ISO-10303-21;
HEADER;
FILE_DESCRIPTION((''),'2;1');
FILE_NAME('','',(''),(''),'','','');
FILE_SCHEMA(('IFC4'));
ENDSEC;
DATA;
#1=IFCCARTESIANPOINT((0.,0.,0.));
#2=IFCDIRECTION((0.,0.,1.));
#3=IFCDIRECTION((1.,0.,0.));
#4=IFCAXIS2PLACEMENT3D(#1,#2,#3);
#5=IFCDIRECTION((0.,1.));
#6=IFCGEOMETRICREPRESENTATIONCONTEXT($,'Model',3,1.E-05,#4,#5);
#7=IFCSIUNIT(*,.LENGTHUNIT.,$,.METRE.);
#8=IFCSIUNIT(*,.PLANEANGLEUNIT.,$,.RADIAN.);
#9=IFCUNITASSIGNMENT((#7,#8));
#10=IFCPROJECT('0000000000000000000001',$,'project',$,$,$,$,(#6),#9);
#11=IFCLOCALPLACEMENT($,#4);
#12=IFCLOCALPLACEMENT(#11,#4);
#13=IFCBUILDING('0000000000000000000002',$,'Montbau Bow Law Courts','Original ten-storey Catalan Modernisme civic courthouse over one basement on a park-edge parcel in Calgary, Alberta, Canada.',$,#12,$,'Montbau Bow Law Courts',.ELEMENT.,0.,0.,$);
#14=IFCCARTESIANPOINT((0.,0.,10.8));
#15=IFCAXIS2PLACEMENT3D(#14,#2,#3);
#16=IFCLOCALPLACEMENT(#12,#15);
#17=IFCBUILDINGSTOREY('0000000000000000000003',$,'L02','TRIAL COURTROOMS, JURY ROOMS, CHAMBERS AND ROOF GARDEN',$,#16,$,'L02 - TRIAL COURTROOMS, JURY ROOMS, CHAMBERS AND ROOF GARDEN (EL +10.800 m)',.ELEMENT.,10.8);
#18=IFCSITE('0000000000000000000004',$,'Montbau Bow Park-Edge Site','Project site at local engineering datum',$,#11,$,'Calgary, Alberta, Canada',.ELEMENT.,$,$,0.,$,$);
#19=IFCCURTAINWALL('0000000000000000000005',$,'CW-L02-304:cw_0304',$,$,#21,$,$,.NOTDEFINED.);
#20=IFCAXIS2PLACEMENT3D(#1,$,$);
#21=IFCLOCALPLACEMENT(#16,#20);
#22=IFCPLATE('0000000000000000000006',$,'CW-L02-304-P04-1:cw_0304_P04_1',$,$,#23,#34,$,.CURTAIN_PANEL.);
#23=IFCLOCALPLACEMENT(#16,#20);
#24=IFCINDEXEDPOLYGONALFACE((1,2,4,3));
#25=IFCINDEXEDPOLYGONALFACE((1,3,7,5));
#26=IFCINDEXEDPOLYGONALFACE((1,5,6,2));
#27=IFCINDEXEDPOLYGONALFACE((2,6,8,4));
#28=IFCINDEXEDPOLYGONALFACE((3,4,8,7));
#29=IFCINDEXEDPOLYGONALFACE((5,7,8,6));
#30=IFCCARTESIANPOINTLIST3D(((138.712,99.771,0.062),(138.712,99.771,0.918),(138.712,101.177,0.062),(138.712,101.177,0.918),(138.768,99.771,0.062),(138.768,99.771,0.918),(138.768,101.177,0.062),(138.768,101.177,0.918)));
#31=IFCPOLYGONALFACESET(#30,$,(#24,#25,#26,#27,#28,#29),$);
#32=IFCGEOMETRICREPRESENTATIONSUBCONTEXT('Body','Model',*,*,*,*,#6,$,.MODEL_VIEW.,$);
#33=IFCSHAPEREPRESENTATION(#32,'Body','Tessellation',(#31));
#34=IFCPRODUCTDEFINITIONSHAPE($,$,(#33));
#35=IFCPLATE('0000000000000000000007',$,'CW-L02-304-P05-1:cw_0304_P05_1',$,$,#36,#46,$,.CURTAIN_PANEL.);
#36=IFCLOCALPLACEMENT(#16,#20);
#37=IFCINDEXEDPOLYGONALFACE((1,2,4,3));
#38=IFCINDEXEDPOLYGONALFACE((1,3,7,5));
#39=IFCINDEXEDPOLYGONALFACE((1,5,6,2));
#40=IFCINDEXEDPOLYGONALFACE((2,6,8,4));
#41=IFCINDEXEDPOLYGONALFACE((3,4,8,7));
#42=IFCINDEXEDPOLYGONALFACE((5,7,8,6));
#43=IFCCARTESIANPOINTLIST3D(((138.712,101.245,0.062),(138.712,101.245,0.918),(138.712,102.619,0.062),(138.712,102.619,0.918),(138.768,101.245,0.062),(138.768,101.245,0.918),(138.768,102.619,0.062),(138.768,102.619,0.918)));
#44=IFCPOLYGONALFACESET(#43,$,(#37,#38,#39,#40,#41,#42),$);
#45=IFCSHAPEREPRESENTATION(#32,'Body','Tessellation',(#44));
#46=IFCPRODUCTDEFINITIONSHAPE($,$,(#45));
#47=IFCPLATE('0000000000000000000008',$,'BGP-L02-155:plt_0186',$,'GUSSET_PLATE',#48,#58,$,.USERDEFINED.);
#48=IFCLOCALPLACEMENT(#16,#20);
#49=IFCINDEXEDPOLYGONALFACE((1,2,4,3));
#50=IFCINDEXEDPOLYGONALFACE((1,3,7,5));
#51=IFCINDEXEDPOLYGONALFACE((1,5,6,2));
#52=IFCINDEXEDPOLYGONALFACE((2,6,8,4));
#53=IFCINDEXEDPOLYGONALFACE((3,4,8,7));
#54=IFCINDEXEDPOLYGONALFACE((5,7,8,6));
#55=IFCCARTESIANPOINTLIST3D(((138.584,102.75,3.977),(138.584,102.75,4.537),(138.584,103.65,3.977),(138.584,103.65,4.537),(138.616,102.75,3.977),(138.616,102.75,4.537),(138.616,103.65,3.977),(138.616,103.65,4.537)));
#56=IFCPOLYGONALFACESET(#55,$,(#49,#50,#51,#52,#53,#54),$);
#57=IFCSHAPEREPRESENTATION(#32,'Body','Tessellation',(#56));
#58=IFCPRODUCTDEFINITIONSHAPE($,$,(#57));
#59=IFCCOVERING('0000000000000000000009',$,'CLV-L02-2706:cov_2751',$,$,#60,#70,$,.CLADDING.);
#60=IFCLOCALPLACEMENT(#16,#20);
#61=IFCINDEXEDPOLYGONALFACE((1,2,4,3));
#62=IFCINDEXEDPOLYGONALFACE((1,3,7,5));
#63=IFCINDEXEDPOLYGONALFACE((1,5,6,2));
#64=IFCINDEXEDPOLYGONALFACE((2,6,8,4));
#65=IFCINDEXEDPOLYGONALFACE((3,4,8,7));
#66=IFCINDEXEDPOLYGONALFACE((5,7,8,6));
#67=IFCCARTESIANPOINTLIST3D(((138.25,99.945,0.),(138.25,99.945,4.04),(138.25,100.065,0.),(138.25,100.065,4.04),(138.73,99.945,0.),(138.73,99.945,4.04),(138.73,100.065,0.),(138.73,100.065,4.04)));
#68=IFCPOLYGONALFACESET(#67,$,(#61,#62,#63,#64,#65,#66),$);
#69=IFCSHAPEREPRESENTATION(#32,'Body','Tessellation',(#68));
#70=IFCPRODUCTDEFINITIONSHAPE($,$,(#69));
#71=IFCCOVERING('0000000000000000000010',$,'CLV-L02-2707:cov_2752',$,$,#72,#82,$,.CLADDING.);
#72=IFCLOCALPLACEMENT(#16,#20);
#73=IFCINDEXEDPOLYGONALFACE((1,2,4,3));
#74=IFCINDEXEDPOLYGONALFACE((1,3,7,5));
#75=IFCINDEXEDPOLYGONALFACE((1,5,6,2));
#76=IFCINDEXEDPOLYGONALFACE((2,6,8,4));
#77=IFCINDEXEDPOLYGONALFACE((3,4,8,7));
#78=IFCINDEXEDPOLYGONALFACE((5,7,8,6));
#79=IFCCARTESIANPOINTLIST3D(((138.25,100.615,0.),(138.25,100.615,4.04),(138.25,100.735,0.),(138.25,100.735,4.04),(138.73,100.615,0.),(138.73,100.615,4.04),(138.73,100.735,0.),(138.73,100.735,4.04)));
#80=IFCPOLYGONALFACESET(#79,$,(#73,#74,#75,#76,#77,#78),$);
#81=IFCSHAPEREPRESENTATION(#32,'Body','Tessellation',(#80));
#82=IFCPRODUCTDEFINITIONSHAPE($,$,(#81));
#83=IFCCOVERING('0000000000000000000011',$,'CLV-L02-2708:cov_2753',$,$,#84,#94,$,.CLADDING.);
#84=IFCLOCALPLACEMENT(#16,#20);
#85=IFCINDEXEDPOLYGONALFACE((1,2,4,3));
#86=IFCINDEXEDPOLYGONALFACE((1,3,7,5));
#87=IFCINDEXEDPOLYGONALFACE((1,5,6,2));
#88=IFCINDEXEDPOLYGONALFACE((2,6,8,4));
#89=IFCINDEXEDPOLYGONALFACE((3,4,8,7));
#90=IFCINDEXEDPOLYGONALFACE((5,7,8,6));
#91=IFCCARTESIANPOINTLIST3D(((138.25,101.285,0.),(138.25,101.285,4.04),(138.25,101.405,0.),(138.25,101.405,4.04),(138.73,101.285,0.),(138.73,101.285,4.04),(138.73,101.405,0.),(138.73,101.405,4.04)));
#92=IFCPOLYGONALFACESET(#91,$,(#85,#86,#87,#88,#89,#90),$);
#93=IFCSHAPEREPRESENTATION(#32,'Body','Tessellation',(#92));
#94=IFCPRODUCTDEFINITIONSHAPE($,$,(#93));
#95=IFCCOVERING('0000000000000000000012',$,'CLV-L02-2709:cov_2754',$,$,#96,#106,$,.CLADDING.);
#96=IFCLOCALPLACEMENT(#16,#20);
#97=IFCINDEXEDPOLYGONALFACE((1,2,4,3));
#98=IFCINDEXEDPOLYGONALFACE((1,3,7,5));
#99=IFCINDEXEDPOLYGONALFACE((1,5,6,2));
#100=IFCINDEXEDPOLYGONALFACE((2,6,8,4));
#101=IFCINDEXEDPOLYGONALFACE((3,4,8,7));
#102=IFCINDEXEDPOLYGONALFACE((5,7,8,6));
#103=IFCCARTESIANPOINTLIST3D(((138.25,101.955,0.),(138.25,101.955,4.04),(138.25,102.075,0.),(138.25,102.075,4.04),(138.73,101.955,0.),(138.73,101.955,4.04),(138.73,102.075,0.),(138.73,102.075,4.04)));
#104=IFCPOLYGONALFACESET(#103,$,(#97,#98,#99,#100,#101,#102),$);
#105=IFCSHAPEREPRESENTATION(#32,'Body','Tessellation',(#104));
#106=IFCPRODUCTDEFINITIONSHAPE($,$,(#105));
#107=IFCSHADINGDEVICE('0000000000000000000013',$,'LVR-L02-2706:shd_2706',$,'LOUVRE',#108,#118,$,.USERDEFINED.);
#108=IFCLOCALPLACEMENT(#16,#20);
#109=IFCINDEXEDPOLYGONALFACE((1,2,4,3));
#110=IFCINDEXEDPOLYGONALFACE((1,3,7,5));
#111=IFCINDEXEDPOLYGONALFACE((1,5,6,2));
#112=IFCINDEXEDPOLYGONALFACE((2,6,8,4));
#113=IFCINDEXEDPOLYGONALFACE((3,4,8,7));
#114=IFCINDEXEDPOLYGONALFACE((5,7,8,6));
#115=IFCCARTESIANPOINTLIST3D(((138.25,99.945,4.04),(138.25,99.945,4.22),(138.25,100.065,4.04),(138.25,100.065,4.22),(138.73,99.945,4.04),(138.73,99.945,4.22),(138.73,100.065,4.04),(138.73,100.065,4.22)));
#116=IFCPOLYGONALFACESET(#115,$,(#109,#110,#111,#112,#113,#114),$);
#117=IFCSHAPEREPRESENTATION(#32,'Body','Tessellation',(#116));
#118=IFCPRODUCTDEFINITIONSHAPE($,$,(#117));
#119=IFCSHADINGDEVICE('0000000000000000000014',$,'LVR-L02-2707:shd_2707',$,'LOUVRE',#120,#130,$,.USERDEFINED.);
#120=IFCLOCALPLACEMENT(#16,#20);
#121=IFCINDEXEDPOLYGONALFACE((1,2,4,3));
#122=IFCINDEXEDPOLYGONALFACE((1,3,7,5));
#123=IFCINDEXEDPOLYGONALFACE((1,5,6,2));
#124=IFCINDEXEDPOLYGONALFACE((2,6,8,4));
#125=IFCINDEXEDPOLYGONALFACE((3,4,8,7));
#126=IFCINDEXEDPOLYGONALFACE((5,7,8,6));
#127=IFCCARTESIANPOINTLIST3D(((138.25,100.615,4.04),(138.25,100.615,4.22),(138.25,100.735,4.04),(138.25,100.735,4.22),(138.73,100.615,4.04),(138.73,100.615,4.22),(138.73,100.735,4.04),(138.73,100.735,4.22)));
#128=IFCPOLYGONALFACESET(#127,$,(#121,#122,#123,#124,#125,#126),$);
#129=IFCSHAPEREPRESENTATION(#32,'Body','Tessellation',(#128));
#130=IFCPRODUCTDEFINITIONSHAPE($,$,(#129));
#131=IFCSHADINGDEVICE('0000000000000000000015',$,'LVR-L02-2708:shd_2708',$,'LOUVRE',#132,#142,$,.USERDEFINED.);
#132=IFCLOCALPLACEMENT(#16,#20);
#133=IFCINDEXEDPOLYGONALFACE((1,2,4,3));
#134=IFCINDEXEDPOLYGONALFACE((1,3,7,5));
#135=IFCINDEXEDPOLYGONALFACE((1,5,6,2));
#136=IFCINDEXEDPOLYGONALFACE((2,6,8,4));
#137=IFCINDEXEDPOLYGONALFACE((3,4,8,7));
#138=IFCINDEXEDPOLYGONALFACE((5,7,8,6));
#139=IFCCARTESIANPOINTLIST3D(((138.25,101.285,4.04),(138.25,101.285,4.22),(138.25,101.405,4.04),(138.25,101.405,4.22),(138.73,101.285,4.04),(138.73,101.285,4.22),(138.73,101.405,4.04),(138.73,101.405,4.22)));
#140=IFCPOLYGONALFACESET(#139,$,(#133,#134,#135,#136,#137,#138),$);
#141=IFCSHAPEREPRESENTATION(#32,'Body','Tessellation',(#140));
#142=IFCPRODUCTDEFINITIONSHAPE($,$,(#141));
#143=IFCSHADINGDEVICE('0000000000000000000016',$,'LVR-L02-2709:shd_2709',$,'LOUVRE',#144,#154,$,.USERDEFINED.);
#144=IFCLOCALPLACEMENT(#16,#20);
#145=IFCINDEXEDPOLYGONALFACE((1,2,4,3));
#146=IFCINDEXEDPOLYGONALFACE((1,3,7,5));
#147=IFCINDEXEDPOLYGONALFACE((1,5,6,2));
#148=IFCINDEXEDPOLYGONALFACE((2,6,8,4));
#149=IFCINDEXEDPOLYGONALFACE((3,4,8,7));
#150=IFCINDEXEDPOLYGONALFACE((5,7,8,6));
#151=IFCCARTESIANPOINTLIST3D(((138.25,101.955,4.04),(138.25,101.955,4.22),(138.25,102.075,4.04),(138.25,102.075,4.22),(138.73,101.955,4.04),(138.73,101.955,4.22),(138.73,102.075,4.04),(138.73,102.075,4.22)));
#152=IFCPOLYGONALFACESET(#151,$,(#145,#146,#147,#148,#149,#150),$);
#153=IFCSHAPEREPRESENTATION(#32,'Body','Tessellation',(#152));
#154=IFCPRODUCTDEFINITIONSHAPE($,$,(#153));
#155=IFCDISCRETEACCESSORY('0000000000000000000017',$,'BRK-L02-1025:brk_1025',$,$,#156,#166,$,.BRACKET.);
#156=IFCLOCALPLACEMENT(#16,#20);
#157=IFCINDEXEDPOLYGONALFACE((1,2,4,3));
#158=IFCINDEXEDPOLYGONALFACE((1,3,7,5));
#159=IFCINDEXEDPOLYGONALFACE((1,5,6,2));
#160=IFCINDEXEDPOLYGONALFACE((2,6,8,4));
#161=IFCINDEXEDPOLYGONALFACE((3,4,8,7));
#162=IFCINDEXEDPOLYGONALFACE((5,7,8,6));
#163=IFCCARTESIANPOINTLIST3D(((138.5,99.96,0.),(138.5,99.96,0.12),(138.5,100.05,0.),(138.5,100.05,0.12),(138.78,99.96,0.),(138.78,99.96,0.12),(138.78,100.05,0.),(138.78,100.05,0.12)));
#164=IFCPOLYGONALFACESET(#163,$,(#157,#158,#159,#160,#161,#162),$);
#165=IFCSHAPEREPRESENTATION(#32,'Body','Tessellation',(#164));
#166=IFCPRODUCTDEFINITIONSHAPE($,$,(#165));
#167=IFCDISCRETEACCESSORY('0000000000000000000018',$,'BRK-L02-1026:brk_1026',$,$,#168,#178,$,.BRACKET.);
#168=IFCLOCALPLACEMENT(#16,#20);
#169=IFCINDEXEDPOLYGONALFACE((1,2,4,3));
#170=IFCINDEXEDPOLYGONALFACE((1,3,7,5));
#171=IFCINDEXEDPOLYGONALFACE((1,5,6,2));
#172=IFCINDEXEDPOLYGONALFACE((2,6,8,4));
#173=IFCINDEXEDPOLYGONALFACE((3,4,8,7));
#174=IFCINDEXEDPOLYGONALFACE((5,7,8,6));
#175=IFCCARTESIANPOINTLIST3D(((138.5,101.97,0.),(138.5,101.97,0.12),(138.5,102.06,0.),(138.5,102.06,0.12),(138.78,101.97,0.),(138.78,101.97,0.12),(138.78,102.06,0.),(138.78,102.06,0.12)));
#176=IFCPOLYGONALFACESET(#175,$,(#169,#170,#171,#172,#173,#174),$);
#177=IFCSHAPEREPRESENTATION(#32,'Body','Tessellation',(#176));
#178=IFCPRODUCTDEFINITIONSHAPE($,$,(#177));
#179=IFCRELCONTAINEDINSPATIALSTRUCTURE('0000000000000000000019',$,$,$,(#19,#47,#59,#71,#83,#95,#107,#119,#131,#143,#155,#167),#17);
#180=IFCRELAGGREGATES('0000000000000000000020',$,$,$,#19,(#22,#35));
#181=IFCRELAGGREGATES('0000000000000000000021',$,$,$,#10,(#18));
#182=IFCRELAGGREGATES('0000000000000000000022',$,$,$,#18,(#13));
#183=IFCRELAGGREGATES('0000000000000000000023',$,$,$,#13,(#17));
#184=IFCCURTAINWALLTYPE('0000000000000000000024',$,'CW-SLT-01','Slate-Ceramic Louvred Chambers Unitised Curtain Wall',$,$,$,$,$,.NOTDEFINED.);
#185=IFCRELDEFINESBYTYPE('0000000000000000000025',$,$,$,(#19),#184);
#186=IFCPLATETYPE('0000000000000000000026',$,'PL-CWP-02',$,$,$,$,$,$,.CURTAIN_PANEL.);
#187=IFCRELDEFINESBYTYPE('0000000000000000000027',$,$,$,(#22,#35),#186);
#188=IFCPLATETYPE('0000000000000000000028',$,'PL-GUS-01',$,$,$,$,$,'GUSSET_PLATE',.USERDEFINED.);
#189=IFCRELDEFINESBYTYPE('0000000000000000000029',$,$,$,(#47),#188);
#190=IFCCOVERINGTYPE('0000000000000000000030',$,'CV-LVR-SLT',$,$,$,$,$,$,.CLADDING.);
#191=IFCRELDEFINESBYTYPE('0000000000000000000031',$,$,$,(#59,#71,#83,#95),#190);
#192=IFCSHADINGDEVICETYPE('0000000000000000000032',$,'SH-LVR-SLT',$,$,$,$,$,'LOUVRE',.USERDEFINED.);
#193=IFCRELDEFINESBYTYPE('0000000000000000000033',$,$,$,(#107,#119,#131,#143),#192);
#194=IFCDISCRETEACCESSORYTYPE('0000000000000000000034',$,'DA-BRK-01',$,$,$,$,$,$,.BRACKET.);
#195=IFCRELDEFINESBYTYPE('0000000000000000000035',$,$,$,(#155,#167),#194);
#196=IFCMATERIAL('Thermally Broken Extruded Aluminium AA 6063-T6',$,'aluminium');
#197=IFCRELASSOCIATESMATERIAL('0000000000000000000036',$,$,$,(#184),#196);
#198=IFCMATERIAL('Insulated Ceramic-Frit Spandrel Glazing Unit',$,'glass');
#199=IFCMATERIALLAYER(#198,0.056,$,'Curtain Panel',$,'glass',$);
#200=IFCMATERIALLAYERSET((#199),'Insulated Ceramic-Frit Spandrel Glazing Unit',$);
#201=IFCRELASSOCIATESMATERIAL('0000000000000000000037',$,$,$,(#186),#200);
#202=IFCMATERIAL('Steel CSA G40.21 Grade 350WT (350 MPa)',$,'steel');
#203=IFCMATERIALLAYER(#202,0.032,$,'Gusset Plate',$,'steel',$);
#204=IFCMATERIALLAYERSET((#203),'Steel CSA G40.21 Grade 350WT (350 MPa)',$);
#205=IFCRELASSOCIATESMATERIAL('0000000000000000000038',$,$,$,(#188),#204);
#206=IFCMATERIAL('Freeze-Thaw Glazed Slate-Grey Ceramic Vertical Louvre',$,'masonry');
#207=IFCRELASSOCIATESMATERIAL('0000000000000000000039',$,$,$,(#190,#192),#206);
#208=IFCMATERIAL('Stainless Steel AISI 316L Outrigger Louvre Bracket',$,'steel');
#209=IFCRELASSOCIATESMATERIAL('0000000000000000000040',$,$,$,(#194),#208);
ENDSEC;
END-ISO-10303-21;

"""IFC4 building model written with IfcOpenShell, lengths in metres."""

from ifc_helpers import new_model, si_unit, direction, frame, frame_2d, origin_with_axes, origin_2d_with_axis, place, context, subcontext, project, spatial, rectangle, extrude, material, layer, layer_set, type_object, element, aggregate, save


model = new_model("IFC4")

# Units and contexts
model_context = context("Model", 3, precision=1e-05, world=origin_with_axes(), true_north=direction((0.0, 1.0)))
body_context = subcontext(model_context, "Body", "Model", "MODEL_VIEW")
ifc_project = project(units=[si_unit("LENGTHUNIT", "METRE"), si_unit("PLANEANGLEUNIT", "RADIAN")], contexts=[model_context])

# Site, building, storey
site_placement = place(None, origin_with_axes())
site = spatial("IfcSite", under=ifc_project, at=site_placement, Name="Montbau Bow Park-Edge Site", Description="Project site at local engineering datum", LongName="Calgary, Alberta, Canada", CompositionType="ELEMENT", RefElevation=0.0)
building_placement = place(site_placement, origin_with_axes())
building = spatial("IfcBuilding", under=site, at=building_placement, Name="Montbau Bow Law Courts", Description="Original ten-storey Catalan Modernisme civic courthouse over one basement on a park-edge parcel in Calgary, Alberta, Canada.", LongName="Montbau Bow Law Courts", CompositionType="ELEMENT", ElevationOfRefHeight=0.0, ElevationOfTerrain=0.0)
storey_placement = place(building_placement, frame((0.0, 0.0, 10.8), z_axis=(0.0, 0.0, 1.0), x_axis=(1.0, 0.0, 0.0)))
storey = spatial("IfcBuildingStorey", under=building, at=storey_placement, Name="L02", Description="TRIAL COURTROOMS, JURY ROOMS, CHAMBERS AND ROOF GARDEN", LongName="L02 - TRIAL COURTROOMS, JURY ROOMS, CHAMBERS AND ROOF GARDEN (EL +10.800 m)", CompositionType="ELEMENT", Elevation=10.8)

# Shared definitions
ifc_material_1 = material(Name="Steel CSA G40.21 Grade 350WT (350 MPa)", Category="steel")

# Shared definitions
ifc_material_2 = material(Name="Thermally Broken Extruded Aluminium AA 6063-T6", Category="aluminium")
curtain_wall_type = type_object("IfcCurtainWallType", Name="CW-SLT-01", Description="Slate-Ceramic Louvred Chambers Unitised Curtain Wall", PredefinedType="NOTDEFINED", material=ifc_material_2)

# Curtain wall
curtain_wall_1_placement = place(None, frame((138.74, 95.315, 10.8), z_axis=(0.0, 0.0, 1.0), x_axis=(1.0, 0.0, 0.0)))
curtain_wall_1 = element("IfcCurtainWall", 1, at=curtain_wall_1_placement, inside=storey, type_object=curtain_wall_type, Name="CW-L02-304:cw_0304", PredefinedType="NOTDEFINED")

# Plates
ifc_material_3 = material(Name="Insulated Ceramic-Frit Spandrel Glazing Unit", Category="glass")
ifc_layer_1 = layer(ifc_material_3, 0.056, Name="Curtain Panel", Category="glass")
ifc_layer_set_1 = layer_set([ifc_layer_1], Name="Insulated Ceramic-Frit Spandrel Glazing Unit")
plate_type_1 = type_object("IfcPlateType", Name="PL-CWP-02", PredefinedType="CURTAIN_PANEL", material=ifc_layer_set_1)
plate_1_placement = place(None, frame((138.74, 99.771, 10.862), z_axis=(1.0, 0.0, 0.0), x_axis=(0.0, 1.0, 0.0)))
plate_1 = element("IfcPlate", 2, at=plate_1_placement, type_object=plate_type_1, Name="CW-L02-304-P04-1:cw_0304_P04_1", PredefinedType="CURTAIN_PANEL", context=body_context, shape_type="SweptSolid", body=[
    extrude(rectangle(XDim=1.406, YDim=0.856, at=frame_2d((0.703, 0.428), x_axis=(1.0, 0.0))), frame((0.0, 0.0, -0.028), z_axis=(0.0, 0.0, 1.0), x_axis=(1.0, 0.0, 0.0)), (0.0, 0.0, 1.0), 0.056),
])
plate_2_placement = place(None, frame((138.74, 101.245, 10.862), z_axis=(1.0, 0.0, 0.0), x_axis=(0.0, 1.0, 0.0)))
plate_2 = element("IfcPlate", 3, at=plate_2_placement, type_object=plate_type_1, Name="CW-L02-304-P05-1:cw_0304_P05_1", PredefinedType="CURTAIN_PANEL", context=body_context, shape_type="SweptSolid", body=[
    extrude(rectangle(XDim=1.374, YDim=0.856, at=frame_2d((0.687, 0.428), x_axis=(1.0, 0.0))), frame((0.0, 0.0, -0.028), z_axis=(0.0, 0.0, 1.0), x_axis=(1.0, 0.0, 0.0)), (0.0, 0.0, 1.0), 0.056),
])
aggregate(curtain_wall_1, [plate_1, plate_2])
ifc_layer_2 = layer(ifc_material_1, 0.032, Name="Gusset Plate", Category="steel")
ifc_layer_set_2 = layer_set([ifc_layer_2], Name="Steel CSA G40.21 Grade 350WT (350 MPa)")
plate_type_2 = type_object("IfcPlateType", Name="PL-GUS-01", ElementType="GUSSET_PLATE", PredefinedType="USERDEFINED", material=ifc_layer_set_2)
plate_3_placement = place(None, frame((138.6, 103.2, 14.777), z_axis=(0.0, 0.0, 1.0), x_axis=(0.0, 1.0, 0.0)))
element("IfcPlate", 4, at=plate_3_placement, inside=storey, type_object=plate_type_2, Name="BGP-L02-155:plt_0186", ObjectType="GUSSET_PLATE", PredefinedType="USERDEFINED", context=body_context, shape_type="SweptSolid", body=[
    extrude(rectangle(XDim=0.9, YDim=0.032, at=origin_2d_with_axis()), origin_with_axes(), (0.0, 0.0, 1.0), 0.56),
])

# Coverings
ifc_material_4 = material(Name="Freeze-Thaw Glazed Slate-Grey Ceramic Vertical Louvre", Category="masonry")
covering_type = type_object("IfcCoveringType", Name="CV-LVR-SLT", PredefinedType="CLADDING", material=ifc_material_4)
for number, where, z_axis, x_axis, name in (
    (5, (138.73, 100.005, 10.8), (0.0, 1.0, 0.0), (-1.0, 0.0, 0.0), "CLV-L02-2706:cov_2751"),
    (6, (138.73, 100.675, 10.8), (0.0, 1.0, 0.0), (-1.0, 0.0, 0.0), "CLV-L02-2707:cov_2752"),
    (7, (138.73, 101.345, 10.8), (0.0, 1.0, 0.0), (-1.0, 0.0, 0.0), "CLV-L02-2708:cov_2753"),
    (8, (138.73, 102.015, 10.8), (0.0, 1.0, 0.0), (-1.0, 0.0, 0.0), "CLV-L02-2709:cov_2754"),
):
    element("IfcCovering", number, at=place(None, frame(where, z_axis=z_axis, x_axis=x_axis)), inside=storey, type_object=covering_type, Name=name, PredefinedType="CLADDING", context=body_context, shape_type="SweptSolid", body=[
        extrude(rectangle(XDim=0.48, YDim=4.04, at=frame_2d((0.24, 2.02), x_axis=(1.0, 0.0))), frame((0.0, 0.0, -0.06), z_axis=(0.0, 0.0, 1.0), x_axis=(1.0, 0.0, 0.0)), (0.0, 0.0, 1.0), 0.12),
    ])

# Shading devices
shading_device_type = type_object("IfcShadingDeviceType", Name="SH-LVR-SLT", ElementType="LOUVRE", PredefinedType="USERDEFINED", material=ifc_material_4)
for number, where, z_axis, x_axis, name in (
    (9, (138.49, 100.005, 14.84), (0.0, 0.0, 1.0), (-1.0, 0.0, 0.0), "LVR-L02-2706:shd_2706"),
    (10, (138.49, 100.675, 14.84), (0.0, 0.0, 1.0), (-1.0, 0.0, 0.0), "LVR-L02-2707:shd_2707"),
    (11, (138.49, 101.345, 14.84), (0.0, 0.0, 1.0), (-1.0, 0.0, 0.0), "LVR-L02-2708:shd_2708"),
    (12, (138.49, 102.015, 14.84), (0.0, 0.0, 1.0), (-1.0, 0.0, 0.0), "LVR-L02-2709:shd_2709"),
):
    element("IfcShadingDevice", number, at=place(None, frame(where, z_axis=z_axis, x_axis=x_axis)), inside=storey, type_object=shading_device_type, Name=name, ObjectType="LOUVRE", PredefinedType="USERDEFINED", context=body_context, shape_type="SweptSolid", body=[
        extrude(rectangle(XDim=0.48, YDim=0.12, at=origin_2d_with_axis()), origin_with_axes(), (0.0, 0.0, 1.0), 0.18),
    ])

# Discrete accessories
ifc_material_5 = material(Name="Stainless Steel AISI 316L Outrigger Louvre Bracket", Category="steel")
discrete_accessory_type = type_object("IfcDiscreteAccessoryType", Name="DA-BRK-01", PredefinedType="BRACKET", material=ifc_material_5)
for number, where, z_axis, x_axis, name in (
    (13, (138.64, 100.005, 10.8), (0.0, 0.0, 1.0), (-1.0, 0.0, 0.0), "BRK-L02-1025:brk_1025"),
    (14, (138.64, 102.015, 10.8), (0.0, 0.0, 1.0), (-1.0, 0.0, 0.0), "BRK-L02-1026:brk_1026"),
):
    element("IfcDiscreteAccessory", number, at=place(None, frame(where, z_axis=z_axis, x_axis=x_axis)), inside=storey, type_object=discrete_accessory_type, Name=name, PredefinedType="BRACKET", context=body_context, shape_type="SweptSolid", body=[
        extrude(rectangle(XDim=0.28, YDim=0.09, at=origin_2d_with_axis()), origin_with_axes(), (0.0, 0.0, 1.0), 0.12),
    ])

save(model, "model.ifc")
